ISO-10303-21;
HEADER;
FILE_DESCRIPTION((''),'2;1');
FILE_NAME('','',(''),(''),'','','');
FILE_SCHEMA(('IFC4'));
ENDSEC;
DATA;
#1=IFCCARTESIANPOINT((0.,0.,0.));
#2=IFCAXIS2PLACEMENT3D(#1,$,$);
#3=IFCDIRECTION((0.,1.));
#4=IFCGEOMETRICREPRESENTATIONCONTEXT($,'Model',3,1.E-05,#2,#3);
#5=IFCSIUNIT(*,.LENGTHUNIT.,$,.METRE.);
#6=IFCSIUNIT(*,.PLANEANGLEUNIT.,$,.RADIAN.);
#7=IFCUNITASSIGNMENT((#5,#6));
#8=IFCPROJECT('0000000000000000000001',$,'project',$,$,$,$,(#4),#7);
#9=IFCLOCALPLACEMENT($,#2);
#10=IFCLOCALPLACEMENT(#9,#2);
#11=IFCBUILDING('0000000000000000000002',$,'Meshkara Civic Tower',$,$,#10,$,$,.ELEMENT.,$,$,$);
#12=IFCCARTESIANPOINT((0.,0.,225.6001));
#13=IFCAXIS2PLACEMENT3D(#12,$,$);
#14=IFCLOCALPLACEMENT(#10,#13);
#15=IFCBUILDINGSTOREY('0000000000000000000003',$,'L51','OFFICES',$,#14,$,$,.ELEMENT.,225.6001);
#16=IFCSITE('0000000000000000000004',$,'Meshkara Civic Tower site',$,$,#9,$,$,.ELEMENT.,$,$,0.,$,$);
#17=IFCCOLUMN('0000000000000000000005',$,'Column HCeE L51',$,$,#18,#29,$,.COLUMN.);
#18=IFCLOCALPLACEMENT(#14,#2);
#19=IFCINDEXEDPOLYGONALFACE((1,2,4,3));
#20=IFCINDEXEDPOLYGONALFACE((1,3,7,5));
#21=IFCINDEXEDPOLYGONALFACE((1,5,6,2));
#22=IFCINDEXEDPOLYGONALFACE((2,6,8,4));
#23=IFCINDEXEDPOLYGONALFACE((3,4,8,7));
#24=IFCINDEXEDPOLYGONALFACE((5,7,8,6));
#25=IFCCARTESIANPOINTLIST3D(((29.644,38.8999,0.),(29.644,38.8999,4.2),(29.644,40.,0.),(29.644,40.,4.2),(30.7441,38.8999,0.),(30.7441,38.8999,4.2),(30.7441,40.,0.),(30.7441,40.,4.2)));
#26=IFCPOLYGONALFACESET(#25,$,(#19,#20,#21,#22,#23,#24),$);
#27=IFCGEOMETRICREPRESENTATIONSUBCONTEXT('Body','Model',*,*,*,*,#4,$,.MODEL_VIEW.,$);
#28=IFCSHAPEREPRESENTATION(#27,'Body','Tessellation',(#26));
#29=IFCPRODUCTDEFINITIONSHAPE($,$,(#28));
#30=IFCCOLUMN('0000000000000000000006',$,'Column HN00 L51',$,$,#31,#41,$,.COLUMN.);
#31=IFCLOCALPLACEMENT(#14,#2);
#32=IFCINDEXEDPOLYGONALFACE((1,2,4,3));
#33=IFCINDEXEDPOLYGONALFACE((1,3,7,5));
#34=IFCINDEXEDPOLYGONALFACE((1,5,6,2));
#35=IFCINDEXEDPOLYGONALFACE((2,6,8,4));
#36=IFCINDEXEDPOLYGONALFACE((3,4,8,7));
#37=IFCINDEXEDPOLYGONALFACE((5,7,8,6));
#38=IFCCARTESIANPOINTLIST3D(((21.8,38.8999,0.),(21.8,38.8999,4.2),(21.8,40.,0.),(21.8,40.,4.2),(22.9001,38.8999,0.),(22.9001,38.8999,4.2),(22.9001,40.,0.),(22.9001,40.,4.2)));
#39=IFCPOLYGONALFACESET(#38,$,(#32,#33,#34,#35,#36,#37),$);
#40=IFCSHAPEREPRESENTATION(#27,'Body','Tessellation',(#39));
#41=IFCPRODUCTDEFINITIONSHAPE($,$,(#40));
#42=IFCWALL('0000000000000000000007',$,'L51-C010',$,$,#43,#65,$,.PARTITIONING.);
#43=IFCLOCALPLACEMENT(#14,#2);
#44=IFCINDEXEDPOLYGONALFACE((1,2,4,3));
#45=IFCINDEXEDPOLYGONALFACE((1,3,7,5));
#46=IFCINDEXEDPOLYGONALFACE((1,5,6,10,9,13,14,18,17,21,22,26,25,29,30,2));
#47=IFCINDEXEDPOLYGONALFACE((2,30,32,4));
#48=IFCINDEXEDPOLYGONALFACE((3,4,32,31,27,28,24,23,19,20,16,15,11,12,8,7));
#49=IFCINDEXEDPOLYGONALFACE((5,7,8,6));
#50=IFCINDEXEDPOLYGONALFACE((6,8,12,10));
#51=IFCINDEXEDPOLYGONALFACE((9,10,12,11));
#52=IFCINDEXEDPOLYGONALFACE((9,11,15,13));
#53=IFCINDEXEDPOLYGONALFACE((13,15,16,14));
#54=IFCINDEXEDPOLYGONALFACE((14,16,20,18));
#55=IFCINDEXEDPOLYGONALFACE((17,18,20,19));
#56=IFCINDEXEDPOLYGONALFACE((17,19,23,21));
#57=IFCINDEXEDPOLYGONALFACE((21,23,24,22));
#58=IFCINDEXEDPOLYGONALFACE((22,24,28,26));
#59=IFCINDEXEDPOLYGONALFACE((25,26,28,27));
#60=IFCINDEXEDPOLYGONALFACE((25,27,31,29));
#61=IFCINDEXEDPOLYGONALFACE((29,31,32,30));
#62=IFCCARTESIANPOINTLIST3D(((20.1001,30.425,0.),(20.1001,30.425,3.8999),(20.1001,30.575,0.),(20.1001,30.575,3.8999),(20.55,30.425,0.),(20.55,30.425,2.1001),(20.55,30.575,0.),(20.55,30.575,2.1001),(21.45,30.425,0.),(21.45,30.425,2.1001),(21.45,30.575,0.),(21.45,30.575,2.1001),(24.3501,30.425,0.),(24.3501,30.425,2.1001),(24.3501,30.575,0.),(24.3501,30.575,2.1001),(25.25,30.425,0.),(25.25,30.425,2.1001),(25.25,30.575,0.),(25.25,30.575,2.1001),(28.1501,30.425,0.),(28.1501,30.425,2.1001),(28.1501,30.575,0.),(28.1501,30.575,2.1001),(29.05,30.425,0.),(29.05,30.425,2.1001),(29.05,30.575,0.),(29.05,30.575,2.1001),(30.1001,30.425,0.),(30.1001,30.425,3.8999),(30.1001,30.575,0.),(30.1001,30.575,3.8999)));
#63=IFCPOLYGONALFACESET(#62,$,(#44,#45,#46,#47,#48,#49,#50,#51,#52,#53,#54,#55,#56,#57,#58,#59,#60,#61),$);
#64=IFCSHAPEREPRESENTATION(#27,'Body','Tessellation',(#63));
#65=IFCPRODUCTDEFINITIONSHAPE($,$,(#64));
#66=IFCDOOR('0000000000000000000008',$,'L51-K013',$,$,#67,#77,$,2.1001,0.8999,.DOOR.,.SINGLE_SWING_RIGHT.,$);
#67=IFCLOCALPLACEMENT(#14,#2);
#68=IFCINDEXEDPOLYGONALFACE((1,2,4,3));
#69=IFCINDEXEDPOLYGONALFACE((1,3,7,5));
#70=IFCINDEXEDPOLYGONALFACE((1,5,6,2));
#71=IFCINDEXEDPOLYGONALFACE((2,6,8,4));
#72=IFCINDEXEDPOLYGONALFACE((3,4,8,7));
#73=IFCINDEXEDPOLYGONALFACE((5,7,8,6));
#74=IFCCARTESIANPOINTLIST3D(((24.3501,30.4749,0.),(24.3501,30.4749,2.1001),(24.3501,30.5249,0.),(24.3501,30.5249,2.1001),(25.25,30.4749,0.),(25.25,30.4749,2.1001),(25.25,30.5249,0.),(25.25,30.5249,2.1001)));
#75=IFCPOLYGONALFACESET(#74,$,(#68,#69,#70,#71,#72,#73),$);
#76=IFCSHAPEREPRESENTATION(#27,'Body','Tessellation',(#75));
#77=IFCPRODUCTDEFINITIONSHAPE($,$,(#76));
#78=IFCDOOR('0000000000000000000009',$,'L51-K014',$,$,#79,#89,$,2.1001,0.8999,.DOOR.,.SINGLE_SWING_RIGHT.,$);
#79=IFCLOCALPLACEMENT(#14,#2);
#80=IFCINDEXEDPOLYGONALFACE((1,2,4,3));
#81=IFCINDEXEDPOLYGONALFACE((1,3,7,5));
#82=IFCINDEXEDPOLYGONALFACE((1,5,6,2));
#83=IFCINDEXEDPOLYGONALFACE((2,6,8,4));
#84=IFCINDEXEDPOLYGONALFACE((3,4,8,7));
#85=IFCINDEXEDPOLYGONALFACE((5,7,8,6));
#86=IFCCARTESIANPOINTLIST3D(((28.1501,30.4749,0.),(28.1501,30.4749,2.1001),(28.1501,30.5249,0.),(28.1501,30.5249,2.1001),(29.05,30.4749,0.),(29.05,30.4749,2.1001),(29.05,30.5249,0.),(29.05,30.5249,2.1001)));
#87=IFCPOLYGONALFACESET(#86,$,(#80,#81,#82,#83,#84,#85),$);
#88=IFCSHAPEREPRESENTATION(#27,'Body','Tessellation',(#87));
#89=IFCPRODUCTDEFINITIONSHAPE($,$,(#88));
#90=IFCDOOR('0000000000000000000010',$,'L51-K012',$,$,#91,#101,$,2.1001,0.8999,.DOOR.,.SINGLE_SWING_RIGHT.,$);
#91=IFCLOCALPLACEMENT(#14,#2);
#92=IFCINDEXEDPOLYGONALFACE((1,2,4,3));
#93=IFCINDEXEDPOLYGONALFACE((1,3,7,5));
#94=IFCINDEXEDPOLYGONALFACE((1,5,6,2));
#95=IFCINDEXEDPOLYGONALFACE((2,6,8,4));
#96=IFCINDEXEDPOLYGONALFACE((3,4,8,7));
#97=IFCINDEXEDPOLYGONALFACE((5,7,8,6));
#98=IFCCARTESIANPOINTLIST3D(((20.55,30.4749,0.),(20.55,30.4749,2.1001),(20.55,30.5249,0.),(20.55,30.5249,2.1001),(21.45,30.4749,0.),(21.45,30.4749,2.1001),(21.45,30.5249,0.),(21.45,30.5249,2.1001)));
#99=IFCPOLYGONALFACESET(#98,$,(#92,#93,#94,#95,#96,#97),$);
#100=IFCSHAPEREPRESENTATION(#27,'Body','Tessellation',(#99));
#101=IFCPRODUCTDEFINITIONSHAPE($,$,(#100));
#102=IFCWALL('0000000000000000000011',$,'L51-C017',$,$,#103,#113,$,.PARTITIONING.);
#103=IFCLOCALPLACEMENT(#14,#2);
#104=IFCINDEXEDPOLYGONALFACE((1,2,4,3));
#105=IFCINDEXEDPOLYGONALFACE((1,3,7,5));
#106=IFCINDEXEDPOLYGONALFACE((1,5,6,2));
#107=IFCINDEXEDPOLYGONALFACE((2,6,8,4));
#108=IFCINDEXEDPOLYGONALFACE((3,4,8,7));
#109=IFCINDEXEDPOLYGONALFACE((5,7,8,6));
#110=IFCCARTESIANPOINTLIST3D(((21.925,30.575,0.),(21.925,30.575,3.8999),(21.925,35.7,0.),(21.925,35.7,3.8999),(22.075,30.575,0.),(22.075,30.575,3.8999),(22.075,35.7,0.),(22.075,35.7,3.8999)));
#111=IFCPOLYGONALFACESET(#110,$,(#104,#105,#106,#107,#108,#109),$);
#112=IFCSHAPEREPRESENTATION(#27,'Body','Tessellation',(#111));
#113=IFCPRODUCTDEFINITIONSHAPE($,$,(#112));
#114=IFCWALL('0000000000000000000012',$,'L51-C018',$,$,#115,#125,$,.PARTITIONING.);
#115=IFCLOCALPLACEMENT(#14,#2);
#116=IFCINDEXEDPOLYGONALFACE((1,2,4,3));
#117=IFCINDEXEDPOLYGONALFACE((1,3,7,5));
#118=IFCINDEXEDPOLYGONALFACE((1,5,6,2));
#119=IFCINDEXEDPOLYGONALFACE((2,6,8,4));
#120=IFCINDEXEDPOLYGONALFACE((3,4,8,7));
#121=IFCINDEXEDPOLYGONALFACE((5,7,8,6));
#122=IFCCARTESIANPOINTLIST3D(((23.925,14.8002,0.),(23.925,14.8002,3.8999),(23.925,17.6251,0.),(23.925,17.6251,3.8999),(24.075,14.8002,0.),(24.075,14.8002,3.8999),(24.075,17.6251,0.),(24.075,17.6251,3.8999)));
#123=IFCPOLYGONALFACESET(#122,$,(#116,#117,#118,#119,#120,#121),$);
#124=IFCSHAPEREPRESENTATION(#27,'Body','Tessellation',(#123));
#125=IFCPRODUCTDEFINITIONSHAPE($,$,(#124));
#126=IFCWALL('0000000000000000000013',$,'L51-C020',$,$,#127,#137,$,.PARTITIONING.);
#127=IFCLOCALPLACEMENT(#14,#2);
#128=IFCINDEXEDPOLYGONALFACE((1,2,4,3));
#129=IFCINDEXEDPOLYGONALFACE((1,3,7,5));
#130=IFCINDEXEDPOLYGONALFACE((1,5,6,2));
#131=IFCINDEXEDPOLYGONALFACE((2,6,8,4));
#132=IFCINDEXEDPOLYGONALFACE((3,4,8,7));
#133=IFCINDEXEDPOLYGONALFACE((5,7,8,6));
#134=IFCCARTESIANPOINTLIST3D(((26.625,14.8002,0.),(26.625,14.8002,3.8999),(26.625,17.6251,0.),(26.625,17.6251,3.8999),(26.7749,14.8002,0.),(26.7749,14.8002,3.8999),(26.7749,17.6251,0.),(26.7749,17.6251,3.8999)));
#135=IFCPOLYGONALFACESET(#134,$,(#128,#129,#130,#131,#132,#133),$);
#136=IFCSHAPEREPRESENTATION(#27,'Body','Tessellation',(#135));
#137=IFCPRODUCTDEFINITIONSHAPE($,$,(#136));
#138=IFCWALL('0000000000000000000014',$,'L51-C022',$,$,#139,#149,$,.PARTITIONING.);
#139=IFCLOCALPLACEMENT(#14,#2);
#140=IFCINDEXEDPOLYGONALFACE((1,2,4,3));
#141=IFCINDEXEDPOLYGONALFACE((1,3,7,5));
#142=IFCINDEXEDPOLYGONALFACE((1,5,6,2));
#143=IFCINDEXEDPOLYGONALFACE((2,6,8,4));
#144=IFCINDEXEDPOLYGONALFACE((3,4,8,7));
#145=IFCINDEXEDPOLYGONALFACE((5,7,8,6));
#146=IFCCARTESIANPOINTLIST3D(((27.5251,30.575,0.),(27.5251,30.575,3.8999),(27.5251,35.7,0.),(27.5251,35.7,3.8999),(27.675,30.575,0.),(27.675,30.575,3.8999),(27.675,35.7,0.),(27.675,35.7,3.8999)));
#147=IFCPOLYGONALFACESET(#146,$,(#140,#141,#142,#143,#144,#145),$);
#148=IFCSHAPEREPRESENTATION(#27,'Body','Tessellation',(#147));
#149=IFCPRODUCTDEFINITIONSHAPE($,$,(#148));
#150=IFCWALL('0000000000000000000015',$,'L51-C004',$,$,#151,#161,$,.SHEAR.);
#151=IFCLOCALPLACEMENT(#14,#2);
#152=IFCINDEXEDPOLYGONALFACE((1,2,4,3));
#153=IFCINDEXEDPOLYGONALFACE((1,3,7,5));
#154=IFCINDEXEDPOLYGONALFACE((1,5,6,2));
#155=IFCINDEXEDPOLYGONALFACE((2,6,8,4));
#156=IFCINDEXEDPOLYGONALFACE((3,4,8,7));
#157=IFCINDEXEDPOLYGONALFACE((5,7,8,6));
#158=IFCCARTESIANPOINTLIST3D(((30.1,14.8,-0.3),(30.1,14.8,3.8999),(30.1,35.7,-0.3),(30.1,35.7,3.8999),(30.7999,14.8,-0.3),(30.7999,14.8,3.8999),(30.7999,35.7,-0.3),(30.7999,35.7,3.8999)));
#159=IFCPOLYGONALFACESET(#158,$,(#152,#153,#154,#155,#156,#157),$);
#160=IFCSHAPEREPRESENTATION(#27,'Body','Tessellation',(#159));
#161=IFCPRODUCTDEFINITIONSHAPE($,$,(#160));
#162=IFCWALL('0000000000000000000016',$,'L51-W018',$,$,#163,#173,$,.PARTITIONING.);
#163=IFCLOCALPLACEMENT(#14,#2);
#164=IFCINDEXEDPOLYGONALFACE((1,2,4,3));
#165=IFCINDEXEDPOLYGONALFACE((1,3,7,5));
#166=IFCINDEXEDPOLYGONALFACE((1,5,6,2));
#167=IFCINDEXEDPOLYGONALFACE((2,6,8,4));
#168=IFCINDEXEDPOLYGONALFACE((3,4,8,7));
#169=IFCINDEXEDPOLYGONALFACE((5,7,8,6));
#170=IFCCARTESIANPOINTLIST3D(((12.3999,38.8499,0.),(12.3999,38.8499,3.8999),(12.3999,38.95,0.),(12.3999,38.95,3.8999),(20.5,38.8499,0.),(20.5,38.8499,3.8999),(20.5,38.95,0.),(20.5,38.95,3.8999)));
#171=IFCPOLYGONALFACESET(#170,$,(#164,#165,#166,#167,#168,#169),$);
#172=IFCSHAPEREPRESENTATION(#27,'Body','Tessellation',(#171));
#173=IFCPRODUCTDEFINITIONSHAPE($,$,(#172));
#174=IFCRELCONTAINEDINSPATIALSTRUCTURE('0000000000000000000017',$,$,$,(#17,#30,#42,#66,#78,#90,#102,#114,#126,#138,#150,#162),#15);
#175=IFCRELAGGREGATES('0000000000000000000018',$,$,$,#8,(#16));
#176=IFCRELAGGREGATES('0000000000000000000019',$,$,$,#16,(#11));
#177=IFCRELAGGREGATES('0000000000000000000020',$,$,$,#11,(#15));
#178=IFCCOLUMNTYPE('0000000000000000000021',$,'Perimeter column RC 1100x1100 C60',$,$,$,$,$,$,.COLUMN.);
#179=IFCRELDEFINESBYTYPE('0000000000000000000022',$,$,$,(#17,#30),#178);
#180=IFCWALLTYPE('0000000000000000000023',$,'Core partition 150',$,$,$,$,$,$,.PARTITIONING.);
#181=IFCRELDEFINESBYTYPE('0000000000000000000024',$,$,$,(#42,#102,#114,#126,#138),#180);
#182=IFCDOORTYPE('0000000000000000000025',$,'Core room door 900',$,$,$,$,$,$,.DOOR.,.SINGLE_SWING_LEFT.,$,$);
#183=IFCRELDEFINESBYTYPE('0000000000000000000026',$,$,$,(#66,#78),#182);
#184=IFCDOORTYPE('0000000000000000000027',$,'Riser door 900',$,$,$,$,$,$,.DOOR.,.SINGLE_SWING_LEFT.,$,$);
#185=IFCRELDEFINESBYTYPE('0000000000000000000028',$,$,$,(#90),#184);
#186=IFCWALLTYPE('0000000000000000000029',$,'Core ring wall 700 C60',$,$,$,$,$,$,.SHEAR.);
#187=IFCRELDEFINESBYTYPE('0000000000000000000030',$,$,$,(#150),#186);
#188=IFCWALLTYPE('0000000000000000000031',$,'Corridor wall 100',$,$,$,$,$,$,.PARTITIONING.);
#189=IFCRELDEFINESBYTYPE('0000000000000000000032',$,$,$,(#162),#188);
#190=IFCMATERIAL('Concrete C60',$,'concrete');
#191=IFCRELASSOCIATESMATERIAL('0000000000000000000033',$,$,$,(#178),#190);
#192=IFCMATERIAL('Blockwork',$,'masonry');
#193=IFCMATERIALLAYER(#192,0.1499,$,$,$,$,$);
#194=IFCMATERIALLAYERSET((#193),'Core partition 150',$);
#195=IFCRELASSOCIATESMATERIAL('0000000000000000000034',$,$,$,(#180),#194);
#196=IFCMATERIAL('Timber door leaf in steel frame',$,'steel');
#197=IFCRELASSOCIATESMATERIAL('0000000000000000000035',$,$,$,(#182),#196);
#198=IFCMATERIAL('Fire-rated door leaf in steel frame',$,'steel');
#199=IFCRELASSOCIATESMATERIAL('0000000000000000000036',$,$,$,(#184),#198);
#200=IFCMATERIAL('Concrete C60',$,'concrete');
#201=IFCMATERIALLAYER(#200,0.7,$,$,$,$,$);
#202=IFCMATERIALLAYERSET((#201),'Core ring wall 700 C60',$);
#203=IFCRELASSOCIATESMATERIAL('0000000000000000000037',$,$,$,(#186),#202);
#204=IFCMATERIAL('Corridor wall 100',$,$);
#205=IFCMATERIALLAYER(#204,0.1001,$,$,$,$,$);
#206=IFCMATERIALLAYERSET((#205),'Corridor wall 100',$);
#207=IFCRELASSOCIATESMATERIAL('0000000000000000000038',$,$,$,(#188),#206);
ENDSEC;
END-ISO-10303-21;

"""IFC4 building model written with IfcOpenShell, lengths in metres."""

from ifc_helpers import new_model, si_unit, direction, frame, frame_2d, origin, origin_2d, place, context, subcontext, project, spatial, rectangle, extrude, material, layer, layer_set, material_profile, profile_set, type_object, element, fill, save


model = new_model("IFC4")

# Units and contexts
model_context = context("Model", 3, precision=1e-05, world=origin(), true_north=direction((0.0, 1.0)))
body_context = subcontext(model_context, "Body", "Model", "MODEL_VIEW")
ifc_project = project(units=[si_unit("LENGTHUNIT", "METRE"), si_unit("PLANEANGLEUNIT", "RADIAN")], contexts=[model_context])

# Site, building, storey
site_placement = place(None, origin())
site = spatial("IfcSite", under=ifc_project, at=site_placement, Name="Meshkara Civic Tower site", CompositionType="ELEMENT", RefElevation=0.0)
building_placement = place(site_placement, origin())
building = spatial("IfcBuilding", under=site, at=building_placement, Name="Meshkara Civic Tower", CompositionType="ELEMENT")
storey_placement = place(building_placement, frame((0.0, 0.0, 225.6001)))
storey = spatial("IfcBuildingStorey", under=building, at=storey_placement, Name="L51", Description="OFFICES", CompositionType="ELEMENT", Elevation=225.6001)

# Columns
ifc_material_1 = material(Name="Concrete C60", Category="concrete")
ifc_material_profile = material_profile(ifc_material_1, rectangle(XDim=1.1001, YDim=1.1001, at=origin_2d()))
ifc_profile_set = profile_set([ifc_material_profile], Name="Concrete C60")
column_type = type_object("IfcColumnType", Name="Perimeter column RC 1100x1100 C60", PredefinedType="COLUMN", material=ifc_profile_set)
for number, where, z_axis, x_axis, name in (
    (1, (30.1941, 39.45, 0.0), (0.0, 0.0, 1.0), (1.0, 0.0, 0.0), "Column HCeE L51"),
    (2, (22.3501, 39.45, 0.0), (0.0, 0.0, 1.0), (1.0, 0.0, 0.0), "Column HN00 L51"),
):
    element("IfcColumn", number, at=place(storey_placement, frame(where, z_axis=z_axis, x_axis=x_axis)), inside=storey, type_object=column_type, Name=name, PredefinedType="COLUMN", context=body_context, shape_type="SweptSolid", body=[
        extrude(rectangle(XDim=1.1001, YDim=1.1001, at=origin_2d()), origin(), (0.0, 0.0, 1.0), 4.2),
    ])

# Wall, openings, doors
ifc_material_2 = material(Name="Blockwork", Category="masonry")
ifc_layer_1 = layer(ifc_material_2, 0.1499)
ifc_layer_set_1 = layer_set([ifc_layer_1], Name="Core partition 150")
wall_type_1 = type_object("IfcWallType", Name="Core partition 150", PredefinedType="PARTITIONING", material=ifc_layer_set_1)
wall_1_placement = place(storey_placement, frame((20.1001, 30.5, 0.0), z_axis=(0.0, 0.0, 1.0), x_axis=(1.0, 0.0, 0.0)))
wall_1 = element("IfcWall", 3, at=wall_1_placement, inside=storey, type_object=wall_type_1, Name="L51-C010", PredefinedType="PARTITIONING", context=body_context, shape_type="SweptSolid", body=[
    extrude(rectangle(XDim=10.0, YDim=0.1499, at=frame_2d((5.0, 0.0))), origin(), (0.0, 0.0, 1.0), 3.8999),
])
opening_1_placement = place(wall_1_placement, frame((0.45, 0.0, 0.0)))
opening_1 = element("IfcOpeningElement", 4, at=opening_1_placement, cuts=wall_1, PredefinedType="OPENING", context=body_context, shape_type="SweptSolid", body=[
    extrude(rectangle(XDim=0.8999, YDim=2.1001, at=frame_2d((0.45, 1.05))), frame((0.0, 0.085, 0.0), z_axis=(0.0, -1.0, 0.0), x_axis=(1.0, 0.0, 0.0)), (0.0, 0.0, 1.0), 0.1699),
])
opening_2_placement = place(wall_1_placement, frame((4.25, 0.0, 0.0)))
opening_2 = element("IfcOpeningElement", 5, at=opening_2_placement, cuts=wall_1, PredefinedType="OPENING", context=body_context, shape_type="SweptSolid", body=[
    extrude(rectangle(XDim=0.8999, YDim=2.1001, at=frame_2d((0.45, 1.05))), frame((0.0, 0.085, 0.0), z_axis=(0.0, -1.0, 0.0), x_axis=(1.0, 0.0, 0.0)), (0.0, 0.0, 1.0), 0.1699),
])
opening_3_placement = place(wall_1_placement, frame((8.05, 0.0, 0.0)))
opening_3 = element("IfcOpeningElement", 6, at=opening_3_placement, cuts=wall_1, PredefinedType="OPENING", context=body_context, shape_type="SweptSolid", body=[
    extrude(rectangle(XDim=0.8999, YDim=2.1001, at=frame_2d((0.45, 1.05))), frame((0.0, 0.085, 0.0), z_axis=(0.0, -1.0, 0.0), x_axis=(1.0, 0.0, 0.0)), (0.0, 0.0, 1.0), 0.1699),
])
ifc_material_3 = material(Name="Timber door leaf in steel frame", Category="steel")
door_type_1 = type_object("IfcDoorType", Name="Core room door 900", OperationType="SINGLE_SWING_LEFT", PredefinedType="DOOR", material=ifc_material_3)
door_1_placement = place(opening_2_placement, origin())
door_1 = element("IfcDoor", 7, at=door_1_placement, inside=storey, type_object=door_type_1, Name="L51-K013", OperationType="SINGLE_SWING_RIGHT", OverallHeight=2.1001, OverallWidth=0.8999, PredefinedType="DOOR", context=body_context, shape_type="SweptSolid", body=[
    extrude(rectangle(XDim=0.8999, YDim=2.1001, at=frame_2d((0.45, 1.05))), frame((0.0, 0.0249, 0.0), z_axis=(0.0, -1.0, 0.0), x_axis=(1.0, 0.0, 0.0)), (0.0, 0.0, 1.0), 0.05),
])
fill(opening_2, door_1)
door_2_placement = place(opening_3_placement, origin())
door_2 = element("IfcDoor", 8, at=door_2_placement, inside=storey, type_object=door_type_1, Name="L51-K014", OperationType="SINGLE_SWING_RIGHT", OverallHeight=2.1001, OverallWidth=0.8999, PredefinedType="DOOR", context=body_context, shape_type="SweptSolid", body=[
    extrude(rectangle(XDim=0.8999, YDim=2.1001, at=frame_2d((0.45, 1.05))), frame((0.0, 0.0249, 0.0), z_axis=(0.0, -1.0, 0.0), x_axis=(1.0, 0.0, 0.0)), (0.0, 0.0, 1.0), 0.05),
])
fill(opening_3, door_2)
ifc_material_4 = material(Name="Fire-rated door leaf in steel frame", Category="steel")
door_type_2 = type_object("IfcDoorType", Name="Riser door 900", OperationType="SINGLE_SWING_LEFT", PredefinedType="DOOR", material=ifc_material_4)
door_3_placement = place(opening_1_placement, origin())
door_3 = element("IfcDoor", 9, at=door_3_placement, inside=storey, type_object=door_type_2, Name="L51-K012", OperationType="SINGLE_SWING_RIGHT", OverallHeight=2.1001, OverallWidth=0.8999, PredefinedType="DOOR", context=body_context, shape_type="SweptSolid", body=[
    extrude(rectangle(XDim=0.8999, YDim=2.1001, at=frame_2d((0.45, 1.05))), frame((0.0, 0.0249, 0.0), z_axis=(0.0, -1.0, 0.0), x_axis=(1.0, 0.0, 0.0)), (0.0, 0.0, 1.0), 0.05),
])
fill(opening_1, door_3)

# Walls
wall_2_placement = place(storey_placement, frame((22.0, 30.575, 0.0), z_axis=(0.0, 0.0, 1.0), x_axis=(0.0, 1.0, 0.0)))
element("IfcWall", 10, at=wall_2_placement, inside=storey, type_object=wall_type_1, Name="L51-C017", PredefinedType="PARTITIONING", context=body_context, shape_type="SweptSolid", body=[
    extrude(rectangle(XDim=5.125, YDim=0.1499, at=frame_2d((2.5625, 0.0))), origin(), (0.0, 0.0, 1.0), 3.8999),
])
for number, where, z_axis, x_axis, name in (
    (11, (24.0, 14.8, 0.0), (0.0, 0.0, 1.0), (0.0, 1.0, 0.0), "L51-C018"),
    (12, (26.7, 14.8, 0.0), (0.0, 0.0, 1.0), (0.0, 1.0, 0.0), "L51-C020"),
):
    element("IfcWall", number, at=place(storey_placement, frame(where, z_axis=z_axis, x_axis=x_axis)), inside=storey, type_object=wall_type_1, Name=name, PredefinedType="PARTITIONING", context=body_context, shape_type="SweptSolid", body=[
        extrude(rectangle(XDim=2.825, YDim=0.1499, at=frame_2d((1.4126, 0.0))), origin(), (0.0, 0.0, 1.0), 3.8999),
    ])
wall_3_placement = place(storey_placement, frame((27.6001, 30.575, 0.0), z_axis=(0.0, 0.0, 1.0), x_axis=(0.0, 1.0, 0.0)))
element("IfcWall", 13, at=wall_3_placement, inside=storey, type_object=wall_type_1, Name="L51-C022", PredefinedType="PARTITIONING", context=body_context, shape_type="SweptSolid", body=[
    extrude(rectangle(XDim=5.125, YDim=0.1499, at=frame_2d((2.5625, 0.0))), origin(), (0.0, 0.0, 1.0), 3.8999),
])
ifc_material_5 = material(Name="Concrete C60", Category="concrete")
ifc_layer_2 = layer(ifc_material_5, 0.7)
ifc_layer_set_2 = layer_set([ifc_layer_2], Name="Core ring wall 700 C60")
wall_type_2 = type_object("IfcWallType", Name="Core ring wall 700 C60", PredefinedType="SHEAR", material=ifc_layer_set_2)
wall_4_placement = place(storey_placement, frame((30.45, 14.8, -0.3), z_axis=(0.0, 0.0, 1.0), x_axis=(0.0, 1.0, 0.0)))
element("IfcWall", 14, at=wall_4_placement, inside=storey, type_object=wall_type_2, Name="L51-C004", PredefinedType="SHEAR", context=body_context, shape_type="SweptSolid", body=[
    extrude(rectangle(XDim=20.8999, YDim=0.7, at=frame_2d((10.45, 0.0))), origin(), (0.0, 0.0, 1.0), 4.2),
])
ifc_material_6 = material(Name="Corridor wall 100")
ifc_layer_3 = layer(ifc_material_6, 0.1001)
ifc_layer_set_3 = layer_set([ifc_layer_3], Name="Corridor wall 100")
wall_type_3 = type_object("IfcWallType", Name="Corridor wall 100", PredefinedType="PARTITIONING", material=ifc_layer_set_3)
wall_5_placement = place(storey_placement, frame((20.5, 38.8999, 0.0), z_axis=(0.0, 0.0, 1.0), x_axis=(-1.0, 0.0, 0.0)))
element("IfcWall", 15, at=wall_5_placement, inside=storey, type_object=wall_type_3, Name="L51-W018", PredefinedType="PARTITIONING", context=body_context, shape_type="SweptSolid", body=[
    extrude(rectangle(XDim=8.1001, YDim=0.1001, at=frame_2d((4.05, 0.0))), origin(), (0.0, 0.0, 1.0), 3.8999),
])

save(model, "model.ifc")
